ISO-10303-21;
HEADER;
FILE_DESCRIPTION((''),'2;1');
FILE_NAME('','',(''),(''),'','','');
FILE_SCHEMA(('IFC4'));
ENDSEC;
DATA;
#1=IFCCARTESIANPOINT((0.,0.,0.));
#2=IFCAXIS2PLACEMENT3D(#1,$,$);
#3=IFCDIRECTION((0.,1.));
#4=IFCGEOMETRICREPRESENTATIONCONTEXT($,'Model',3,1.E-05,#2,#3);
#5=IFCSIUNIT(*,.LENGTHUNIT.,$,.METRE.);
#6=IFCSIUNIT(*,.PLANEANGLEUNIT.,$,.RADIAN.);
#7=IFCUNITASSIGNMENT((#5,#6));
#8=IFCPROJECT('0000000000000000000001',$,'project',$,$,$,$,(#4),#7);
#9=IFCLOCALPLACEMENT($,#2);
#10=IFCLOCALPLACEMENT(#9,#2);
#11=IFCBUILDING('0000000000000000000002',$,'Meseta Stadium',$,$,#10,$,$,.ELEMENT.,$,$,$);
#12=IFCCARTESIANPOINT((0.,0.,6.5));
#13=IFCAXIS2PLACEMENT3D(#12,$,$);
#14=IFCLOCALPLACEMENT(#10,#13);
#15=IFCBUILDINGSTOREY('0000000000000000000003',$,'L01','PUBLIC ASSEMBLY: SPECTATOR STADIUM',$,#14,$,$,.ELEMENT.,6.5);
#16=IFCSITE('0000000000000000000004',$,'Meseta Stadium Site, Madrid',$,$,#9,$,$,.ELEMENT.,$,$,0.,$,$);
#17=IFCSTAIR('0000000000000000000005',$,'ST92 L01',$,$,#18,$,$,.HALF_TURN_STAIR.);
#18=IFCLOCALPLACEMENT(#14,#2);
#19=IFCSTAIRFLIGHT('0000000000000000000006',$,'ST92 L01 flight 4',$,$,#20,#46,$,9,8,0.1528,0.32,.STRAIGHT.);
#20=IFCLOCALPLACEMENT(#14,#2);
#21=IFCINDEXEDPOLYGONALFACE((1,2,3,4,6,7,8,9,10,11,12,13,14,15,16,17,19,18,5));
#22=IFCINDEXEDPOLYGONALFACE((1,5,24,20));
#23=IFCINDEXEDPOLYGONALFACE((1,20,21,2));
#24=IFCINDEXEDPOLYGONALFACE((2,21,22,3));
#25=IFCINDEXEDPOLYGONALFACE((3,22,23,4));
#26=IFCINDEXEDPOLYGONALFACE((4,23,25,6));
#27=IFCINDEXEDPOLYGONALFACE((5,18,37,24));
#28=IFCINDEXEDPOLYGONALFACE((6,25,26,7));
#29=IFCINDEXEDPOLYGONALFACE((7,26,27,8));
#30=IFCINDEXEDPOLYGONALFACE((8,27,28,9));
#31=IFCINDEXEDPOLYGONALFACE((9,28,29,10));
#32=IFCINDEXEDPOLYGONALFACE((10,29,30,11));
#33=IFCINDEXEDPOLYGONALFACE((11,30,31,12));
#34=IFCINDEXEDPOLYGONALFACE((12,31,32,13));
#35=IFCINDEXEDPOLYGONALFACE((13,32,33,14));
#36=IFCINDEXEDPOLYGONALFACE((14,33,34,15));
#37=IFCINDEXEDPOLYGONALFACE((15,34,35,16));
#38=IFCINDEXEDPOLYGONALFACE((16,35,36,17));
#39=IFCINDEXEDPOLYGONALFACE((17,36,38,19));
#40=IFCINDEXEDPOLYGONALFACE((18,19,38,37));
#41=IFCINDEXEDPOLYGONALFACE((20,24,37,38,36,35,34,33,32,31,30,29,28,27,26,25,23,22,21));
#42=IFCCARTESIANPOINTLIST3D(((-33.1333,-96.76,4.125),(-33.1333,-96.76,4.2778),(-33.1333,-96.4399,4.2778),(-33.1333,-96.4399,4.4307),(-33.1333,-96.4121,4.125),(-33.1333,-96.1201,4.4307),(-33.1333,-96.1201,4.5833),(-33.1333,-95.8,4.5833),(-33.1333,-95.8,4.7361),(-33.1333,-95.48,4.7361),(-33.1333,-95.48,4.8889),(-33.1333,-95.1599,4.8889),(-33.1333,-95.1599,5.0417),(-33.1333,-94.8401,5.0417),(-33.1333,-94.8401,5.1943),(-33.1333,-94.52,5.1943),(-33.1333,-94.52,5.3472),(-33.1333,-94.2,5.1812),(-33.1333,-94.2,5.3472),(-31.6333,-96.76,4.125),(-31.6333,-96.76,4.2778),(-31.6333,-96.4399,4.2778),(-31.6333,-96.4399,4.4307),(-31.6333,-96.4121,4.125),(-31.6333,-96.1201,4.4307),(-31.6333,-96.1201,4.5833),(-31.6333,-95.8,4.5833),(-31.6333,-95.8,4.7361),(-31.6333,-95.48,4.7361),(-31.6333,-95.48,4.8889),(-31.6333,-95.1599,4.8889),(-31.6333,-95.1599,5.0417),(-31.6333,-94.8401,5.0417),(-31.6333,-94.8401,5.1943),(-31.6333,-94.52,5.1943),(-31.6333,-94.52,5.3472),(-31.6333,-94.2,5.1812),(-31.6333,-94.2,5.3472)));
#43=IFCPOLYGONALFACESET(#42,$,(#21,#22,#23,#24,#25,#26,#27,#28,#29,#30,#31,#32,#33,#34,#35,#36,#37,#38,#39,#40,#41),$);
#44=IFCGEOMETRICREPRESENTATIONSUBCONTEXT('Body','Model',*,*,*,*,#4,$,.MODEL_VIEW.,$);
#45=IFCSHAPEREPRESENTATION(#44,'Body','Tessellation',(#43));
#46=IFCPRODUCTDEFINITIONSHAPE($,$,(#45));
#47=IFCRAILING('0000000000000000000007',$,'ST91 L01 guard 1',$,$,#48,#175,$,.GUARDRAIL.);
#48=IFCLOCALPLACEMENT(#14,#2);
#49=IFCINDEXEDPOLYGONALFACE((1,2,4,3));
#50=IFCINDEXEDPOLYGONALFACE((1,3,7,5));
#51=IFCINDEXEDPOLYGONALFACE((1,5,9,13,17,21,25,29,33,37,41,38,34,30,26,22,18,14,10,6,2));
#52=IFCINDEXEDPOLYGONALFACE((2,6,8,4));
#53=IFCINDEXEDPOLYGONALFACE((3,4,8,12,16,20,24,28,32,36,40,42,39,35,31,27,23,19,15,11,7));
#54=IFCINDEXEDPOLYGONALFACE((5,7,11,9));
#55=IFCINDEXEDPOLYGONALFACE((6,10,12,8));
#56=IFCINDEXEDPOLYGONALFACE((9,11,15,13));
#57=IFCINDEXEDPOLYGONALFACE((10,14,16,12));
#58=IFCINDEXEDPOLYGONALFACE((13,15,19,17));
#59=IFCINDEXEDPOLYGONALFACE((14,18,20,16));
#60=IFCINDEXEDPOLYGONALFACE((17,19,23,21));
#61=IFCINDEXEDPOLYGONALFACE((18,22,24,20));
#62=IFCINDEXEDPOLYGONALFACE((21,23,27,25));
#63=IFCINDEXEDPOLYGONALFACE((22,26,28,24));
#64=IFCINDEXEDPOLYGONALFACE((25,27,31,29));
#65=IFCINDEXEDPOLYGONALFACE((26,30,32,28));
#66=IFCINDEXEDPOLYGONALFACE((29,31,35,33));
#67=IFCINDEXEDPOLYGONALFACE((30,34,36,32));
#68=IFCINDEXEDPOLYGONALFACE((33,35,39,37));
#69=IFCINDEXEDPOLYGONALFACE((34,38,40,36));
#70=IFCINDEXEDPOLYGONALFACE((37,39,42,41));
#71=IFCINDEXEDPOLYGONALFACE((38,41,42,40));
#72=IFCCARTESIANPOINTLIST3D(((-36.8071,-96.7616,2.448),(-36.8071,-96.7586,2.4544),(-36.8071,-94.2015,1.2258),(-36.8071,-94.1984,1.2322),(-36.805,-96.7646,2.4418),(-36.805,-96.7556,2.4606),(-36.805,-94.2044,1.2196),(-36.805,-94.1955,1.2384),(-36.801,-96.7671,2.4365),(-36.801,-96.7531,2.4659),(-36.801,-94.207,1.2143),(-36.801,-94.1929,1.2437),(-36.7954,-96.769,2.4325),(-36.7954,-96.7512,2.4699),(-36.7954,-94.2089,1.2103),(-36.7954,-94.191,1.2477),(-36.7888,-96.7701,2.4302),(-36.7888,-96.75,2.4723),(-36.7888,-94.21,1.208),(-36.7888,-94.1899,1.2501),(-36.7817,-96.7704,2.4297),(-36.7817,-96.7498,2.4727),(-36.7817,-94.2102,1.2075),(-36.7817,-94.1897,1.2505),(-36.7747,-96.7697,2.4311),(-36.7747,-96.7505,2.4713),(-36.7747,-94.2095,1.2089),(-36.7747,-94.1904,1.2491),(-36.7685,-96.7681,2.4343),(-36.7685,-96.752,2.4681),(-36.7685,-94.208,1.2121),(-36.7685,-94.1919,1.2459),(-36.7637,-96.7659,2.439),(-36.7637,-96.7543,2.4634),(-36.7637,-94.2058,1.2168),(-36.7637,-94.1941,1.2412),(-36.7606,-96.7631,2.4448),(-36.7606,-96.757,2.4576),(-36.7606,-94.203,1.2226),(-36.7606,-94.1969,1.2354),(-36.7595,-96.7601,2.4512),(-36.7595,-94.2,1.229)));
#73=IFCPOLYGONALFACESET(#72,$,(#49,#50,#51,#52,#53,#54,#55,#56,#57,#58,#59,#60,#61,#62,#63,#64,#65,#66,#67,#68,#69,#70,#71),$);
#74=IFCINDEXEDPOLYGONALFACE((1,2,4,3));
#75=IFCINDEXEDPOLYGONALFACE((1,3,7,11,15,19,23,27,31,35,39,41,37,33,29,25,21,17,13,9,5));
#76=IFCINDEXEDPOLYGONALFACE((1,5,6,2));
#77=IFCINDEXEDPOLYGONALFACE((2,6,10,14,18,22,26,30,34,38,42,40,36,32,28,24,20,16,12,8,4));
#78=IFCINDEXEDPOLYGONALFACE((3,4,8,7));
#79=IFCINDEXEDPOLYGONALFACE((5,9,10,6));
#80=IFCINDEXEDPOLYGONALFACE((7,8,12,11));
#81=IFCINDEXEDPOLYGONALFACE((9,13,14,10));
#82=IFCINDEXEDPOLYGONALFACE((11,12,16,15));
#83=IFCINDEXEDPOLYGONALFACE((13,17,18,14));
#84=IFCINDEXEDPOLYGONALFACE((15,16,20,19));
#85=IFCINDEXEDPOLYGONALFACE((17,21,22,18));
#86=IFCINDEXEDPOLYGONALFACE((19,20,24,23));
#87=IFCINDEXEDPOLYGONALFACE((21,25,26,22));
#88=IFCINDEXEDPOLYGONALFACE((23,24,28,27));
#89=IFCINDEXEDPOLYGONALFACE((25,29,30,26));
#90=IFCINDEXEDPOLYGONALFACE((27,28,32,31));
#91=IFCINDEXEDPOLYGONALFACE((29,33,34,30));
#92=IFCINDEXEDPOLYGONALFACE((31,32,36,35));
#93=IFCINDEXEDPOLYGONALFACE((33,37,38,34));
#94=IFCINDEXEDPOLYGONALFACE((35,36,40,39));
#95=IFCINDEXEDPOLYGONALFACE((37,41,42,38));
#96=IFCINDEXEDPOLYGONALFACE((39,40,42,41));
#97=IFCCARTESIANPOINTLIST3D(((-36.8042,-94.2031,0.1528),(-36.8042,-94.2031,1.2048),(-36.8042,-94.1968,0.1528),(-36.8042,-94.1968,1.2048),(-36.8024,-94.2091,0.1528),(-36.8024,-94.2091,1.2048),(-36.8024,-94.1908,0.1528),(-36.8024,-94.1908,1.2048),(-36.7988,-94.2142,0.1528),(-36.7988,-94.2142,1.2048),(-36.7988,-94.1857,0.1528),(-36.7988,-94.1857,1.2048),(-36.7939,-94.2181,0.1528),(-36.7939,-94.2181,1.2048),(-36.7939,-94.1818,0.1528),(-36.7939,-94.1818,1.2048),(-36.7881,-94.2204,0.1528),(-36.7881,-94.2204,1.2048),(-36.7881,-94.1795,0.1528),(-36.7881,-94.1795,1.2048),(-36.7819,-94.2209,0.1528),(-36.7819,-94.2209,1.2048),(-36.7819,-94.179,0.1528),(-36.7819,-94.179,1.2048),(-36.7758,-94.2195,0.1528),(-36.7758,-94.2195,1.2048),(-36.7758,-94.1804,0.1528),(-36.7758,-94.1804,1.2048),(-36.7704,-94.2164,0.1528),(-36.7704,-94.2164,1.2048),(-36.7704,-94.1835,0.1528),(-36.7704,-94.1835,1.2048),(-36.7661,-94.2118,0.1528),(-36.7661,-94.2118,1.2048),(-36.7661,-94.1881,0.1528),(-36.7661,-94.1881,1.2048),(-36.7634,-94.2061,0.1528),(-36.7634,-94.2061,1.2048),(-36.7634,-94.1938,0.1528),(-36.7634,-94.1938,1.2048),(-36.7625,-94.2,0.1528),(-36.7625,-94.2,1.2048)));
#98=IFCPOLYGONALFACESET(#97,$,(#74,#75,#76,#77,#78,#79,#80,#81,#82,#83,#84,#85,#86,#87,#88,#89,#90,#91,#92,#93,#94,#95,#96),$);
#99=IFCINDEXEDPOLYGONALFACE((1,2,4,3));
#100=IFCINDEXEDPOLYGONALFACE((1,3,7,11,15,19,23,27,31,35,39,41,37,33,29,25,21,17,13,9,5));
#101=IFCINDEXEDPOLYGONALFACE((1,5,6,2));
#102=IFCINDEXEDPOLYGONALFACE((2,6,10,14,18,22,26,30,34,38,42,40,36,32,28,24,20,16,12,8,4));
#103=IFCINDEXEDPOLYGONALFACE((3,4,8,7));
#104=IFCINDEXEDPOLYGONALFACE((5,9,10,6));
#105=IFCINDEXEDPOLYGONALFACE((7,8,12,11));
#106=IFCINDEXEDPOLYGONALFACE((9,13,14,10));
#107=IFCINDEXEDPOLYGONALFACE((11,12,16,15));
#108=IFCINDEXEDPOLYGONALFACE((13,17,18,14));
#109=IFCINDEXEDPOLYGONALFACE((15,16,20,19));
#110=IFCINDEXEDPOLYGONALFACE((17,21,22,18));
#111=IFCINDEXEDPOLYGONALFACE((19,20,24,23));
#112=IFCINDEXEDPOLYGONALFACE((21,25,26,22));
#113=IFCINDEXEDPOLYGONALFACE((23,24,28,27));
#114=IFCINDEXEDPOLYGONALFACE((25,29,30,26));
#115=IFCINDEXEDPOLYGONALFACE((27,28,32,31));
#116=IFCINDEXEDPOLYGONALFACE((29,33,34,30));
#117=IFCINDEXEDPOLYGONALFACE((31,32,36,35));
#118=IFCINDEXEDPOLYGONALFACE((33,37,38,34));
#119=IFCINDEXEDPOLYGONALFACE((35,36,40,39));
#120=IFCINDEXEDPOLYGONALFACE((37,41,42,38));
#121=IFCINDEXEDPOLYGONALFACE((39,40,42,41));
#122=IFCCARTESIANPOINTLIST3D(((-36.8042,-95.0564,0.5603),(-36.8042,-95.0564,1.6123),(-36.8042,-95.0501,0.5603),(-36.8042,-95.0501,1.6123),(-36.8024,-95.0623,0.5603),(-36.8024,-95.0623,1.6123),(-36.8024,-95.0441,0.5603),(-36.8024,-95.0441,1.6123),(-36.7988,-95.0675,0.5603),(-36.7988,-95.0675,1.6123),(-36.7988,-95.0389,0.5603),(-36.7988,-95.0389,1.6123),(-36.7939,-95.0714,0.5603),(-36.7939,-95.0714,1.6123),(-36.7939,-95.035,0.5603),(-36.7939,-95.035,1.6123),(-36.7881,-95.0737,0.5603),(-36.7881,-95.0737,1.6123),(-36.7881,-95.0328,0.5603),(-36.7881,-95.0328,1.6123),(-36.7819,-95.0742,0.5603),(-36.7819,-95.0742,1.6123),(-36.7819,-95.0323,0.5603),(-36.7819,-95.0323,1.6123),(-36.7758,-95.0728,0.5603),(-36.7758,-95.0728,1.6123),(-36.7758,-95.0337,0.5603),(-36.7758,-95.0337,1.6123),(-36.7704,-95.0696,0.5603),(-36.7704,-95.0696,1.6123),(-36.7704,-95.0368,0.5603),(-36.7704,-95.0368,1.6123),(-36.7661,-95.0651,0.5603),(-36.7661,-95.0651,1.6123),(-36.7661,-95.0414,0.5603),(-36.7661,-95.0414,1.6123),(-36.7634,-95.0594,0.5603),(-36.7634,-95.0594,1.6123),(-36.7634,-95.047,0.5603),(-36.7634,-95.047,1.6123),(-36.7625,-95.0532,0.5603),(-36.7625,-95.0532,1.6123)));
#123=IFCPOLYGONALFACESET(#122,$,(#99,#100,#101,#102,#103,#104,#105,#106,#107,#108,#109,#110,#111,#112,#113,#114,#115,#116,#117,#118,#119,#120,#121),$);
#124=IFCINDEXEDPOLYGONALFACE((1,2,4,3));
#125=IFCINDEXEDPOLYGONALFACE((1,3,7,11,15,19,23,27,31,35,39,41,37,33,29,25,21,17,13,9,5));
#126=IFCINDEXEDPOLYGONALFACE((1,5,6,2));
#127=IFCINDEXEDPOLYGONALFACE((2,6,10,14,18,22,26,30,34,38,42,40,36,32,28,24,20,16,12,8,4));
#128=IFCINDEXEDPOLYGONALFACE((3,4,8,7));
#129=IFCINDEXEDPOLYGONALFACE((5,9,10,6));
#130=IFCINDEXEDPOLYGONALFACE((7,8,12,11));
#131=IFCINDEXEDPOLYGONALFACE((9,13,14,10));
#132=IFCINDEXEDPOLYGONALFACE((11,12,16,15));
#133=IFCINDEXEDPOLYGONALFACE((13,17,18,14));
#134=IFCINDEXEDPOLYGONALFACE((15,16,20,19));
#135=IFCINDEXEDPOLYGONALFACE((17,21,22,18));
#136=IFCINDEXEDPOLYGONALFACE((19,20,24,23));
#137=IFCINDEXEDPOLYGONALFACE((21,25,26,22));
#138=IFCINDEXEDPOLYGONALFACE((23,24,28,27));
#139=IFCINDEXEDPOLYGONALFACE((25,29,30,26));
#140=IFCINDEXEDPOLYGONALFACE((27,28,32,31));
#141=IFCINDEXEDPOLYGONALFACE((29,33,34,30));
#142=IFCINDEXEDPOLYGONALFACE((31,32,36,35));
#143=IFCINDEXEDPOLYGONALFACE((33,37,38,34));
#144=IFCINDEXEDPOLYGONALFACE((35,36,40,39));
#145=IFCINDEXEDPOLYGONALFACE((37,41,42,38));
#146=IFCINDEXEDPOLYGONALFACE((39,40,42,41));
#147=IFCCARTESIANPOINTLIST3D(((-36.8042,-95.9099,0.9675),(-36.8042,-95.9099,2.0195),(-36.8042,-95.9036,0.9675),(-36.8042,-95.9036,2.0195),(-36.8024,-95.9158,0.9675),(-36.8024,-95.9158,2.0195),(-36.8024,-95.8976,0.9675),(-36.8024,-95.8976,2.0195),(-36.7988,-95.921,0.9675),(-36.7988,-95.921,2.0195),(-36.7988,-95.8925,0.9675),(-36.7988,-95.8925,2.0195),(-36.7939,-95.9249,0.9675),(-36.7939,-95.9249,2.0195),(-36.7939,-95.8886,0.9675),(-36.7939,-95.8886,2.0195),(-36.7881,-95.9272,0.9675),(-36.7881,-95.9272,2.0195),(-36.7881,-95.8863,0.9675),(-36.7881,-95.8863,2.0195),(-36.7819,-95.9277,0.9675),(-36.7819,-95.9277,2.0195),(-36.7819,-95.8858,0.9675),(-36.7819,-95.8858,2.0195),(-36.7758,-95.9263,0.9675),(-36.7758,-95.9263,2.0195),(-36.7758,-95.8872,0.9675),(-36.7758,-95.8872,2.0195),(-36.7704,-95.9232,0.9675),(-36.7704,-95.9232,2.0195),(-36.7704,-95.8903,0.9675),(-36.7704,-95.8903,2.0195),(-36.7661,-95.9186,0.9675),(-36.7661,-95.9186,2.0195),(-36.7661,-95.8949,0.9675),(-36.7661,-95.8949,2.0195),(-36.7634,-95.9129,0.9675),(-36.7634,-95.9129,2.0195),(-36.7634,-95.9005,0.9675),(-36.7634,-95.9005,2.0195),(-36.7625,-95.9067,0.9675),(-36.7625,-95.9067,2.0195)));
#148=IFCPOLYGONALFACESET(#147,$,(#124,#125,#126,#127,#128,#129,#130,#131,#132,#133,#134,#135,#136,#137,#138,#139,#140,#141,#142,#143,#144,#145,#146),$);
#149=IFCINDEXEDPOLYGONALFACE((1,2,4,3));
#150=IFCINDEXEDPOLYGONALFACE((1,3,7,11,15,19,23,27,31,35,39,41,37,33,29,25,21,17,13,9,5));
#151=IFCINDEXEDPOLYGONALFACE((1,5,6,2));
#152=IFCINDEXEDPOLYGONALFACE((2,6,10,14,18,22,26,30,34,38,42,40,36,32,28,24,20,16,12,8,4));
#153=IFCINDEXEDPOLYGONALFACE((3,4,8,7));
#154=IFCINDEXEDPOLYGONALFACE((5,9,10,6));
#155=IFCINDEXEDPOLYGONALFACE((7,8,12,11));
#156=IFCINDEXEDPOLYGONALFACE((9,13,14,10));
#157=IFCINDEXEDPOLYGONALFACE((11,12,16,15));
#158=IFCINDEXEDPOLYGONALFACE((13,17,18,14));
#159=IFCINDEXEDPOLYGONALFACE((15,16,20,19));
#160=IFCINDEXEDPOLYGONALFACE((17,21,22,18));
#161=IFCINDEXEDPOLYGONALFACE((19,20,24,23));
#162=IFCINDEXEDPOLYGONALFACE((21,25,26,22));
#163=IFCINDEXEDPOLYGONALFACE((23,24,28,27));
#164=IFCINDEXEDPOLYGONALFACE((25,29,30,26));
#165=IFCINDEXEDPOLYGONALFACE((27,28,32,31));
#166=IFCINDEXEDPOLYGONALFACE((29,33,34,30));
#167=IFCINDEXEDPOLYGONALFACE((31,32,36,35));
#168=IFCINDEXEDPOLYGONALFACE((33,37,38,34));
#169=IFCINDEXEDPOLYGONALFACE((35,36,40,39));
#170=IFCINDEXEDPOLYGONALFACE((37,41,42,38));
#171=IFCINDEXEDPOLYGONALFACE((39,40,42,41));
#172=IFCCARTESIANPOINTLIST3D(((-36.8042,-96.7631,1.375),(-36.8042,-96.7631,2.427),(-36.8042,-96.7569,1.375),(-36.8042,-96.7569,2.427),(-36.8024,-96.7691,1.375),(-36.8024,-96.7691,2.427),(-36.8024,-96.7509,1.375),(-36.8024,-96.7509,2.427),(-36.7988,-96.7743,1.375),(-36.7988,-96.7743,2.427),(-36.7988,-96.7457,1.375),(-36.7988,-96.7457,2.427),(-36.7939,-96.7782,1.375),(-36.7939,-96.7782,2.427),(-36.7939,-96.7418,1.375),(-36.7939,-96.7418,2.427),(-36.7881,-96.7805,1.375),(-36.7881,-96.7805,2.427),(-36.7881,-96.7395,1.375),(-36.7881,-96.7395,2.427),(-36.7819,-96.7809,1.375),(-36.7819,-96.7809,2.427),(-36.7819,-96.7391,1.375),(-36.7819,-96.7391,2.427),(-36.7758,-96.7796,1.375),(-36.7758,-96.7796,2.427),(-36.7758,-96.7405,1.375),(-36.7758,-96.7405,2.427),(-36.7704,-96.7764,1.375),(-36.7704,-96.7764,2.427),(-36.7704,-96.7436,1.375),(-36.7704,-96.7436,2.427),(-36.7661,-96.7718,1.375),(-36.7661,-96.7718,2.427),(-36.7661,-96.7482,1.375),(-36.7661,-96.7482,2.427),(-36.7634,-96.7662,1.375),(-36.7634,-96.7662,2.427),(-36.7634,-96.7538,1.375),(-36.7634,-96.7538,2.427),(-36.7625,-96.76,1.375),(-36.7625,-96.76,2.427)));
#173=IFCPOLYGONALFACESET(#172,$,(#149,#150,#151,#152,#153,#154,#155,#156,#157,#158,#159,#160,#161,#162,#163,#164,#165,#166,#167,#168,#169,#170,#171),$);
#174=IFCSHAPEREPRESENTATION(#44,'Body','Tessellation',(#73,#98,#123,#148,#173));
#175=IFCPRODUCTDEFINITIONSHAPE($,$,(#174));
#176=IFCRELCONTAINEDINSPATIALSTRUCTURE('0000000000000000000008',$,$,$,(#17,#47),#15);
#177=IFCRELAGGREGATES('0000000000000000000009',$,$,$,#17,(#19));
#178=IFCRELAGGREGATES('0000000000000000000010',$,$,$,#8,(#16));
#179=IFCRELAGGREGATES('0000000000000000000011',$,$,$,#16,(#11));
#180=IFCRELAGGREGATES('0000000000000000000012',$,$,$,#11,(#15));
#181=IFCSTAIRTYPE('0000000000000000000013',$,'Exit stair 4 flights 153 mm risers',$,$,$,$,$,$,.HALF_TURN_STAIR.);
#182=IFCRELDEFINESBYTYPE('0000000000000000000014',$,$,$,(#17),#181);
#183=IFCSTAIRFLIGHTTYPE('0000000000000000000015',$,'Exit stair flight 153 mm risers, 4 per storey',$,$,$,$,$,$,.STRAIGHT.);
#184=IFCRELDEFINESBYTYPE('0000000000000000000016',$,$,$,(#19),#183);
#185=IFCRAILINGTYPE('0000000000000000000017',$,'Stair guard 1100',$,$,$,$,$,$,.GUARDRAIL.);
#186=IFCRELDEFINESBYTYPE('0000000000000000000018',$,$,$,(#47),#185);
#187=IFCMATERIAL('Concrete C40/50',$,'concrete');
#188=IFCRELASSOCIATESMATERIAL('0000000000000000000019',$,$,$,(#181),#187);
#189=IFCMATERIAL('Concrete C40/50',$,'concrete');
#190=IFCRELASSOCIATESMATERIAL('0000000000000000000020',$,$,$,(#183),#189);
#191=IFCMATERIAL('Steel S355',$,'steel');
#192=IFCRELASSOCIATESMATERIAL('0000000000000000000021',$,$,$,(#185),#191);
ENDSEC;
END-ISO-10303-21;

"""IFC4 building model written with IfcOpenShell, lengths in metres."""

from ifc_helpers import new_model, si_unit, direction, frame, origin, origin_2d, place, context, subcontext, project, spatial, polyline, circle, outline, extrude, material, type_object, element, aggregate, save


model = new_model("IFC4")

# Units and contexts
model_context = context("Model", 3, precision=1e-05, world=origin(), true_north=direction((0.0, 1.0)))
body_context = subcontext(model_context, "Body", "Model", "MODEL_VIEW")
ifc_project = project(units=[si_unit("LENGTHUNIT", "METRE"), si_unit("PLANEANGLEUNIT", "RADIAN")], contexts=[model_context])

# Site, building, storey
site_placement = place(None, origin())
site = spatial("IfcSite", under=ifc_project, at=site_placement, Name="Meseta Stadium Site, Madrid", CompositionType="ELEMENT", RefElevation=0.0)
building_placement = place(site_placement, origin())
building = spatial("IfcBuilding", under=site, at=building_placement, Name="Meseta Stadium", CompositionType="ELEMENT")
storey_placement = place(building_placement, frame((0.0, 0.0, 6.5)))
storey = spatial("IfcBuildingStorey", under=building, at=storey_placement, Name="L01", Description="PUBLIC ASSEMBLY: SPECTATOR STADIUM", CompositionType="ELEMENT", Elevation=6.5)

# Stair, stair flight
ifc_material_1 = material(Name="Concrete C40/50", Category="concrete")
stair_type = type_object("IfcStairType", Name="Exit stair 4 flights 153 mm risers", PredefinedType="HALF_TURN_STAIR", material=ifc_material_1)
ifc_material_2 = material(Name="Concrete C40/50", Category="concrete")
stair_flight_type = type_object("IfcStairFlightType", Name="Exit stair flight 153 mm risers, 4 per storey", PredefinedType="STRAIGHT", material=ifc_material_2)
stair_1_placement = place(storey_placement, origin())
stair_1 = element("IfcStair", 1, at=stair_1_placement, inside=storey, type_object=stair_type, Name="ST92 L01", PredefinedType="HALF_TURN_STAIR")
stair_flight_1_placement = place(storey_placement, frame((-32.3833, -96.76, 4.125), z_axis=(0.0, 0.0, 1.0), x_axis=(0.0, 1.0, 0.0)))
stair_flight_1 = element("IfcStairFlight", 2, at=stair_flight_1_placement, type_object=stair_flight_type, Name="ST92 L01 flight 4", NumberOfRisers=9, NumberOfTreads=8, PredefinedType="STRAIGHT", RiserHeight=0.1528, TreadLength=0.32, context=body_context, shape_type="SweptSolid", body=[
    extrude(outline(polyline([(0.0, 0.0), (0.0, 0.1528), (0.3201, 0.1528), (0.3201, 0.3057), (0.6399, 0.3057), (0.6399, 0.4583), (0.96, 0.4583), (0.96, 0.6111), (1.28, 0.6111), (1.28, 0.7639), (1.6001, 0.7639), (1.6001, 0.9167), (1.9199, 0.9167), (1.9199, 1.0693), (2.24, 1.0693), (2.24, 1.2222), (2.5601, 1.2222), (2.5601, 1.0562), (0.3479, 0.0), (0.0, 0.0)])), frame((0.0, 0.75, 0.0), z_axis=(0.0, -1.0, 0.0), x_axis=(1.0, 0.0, 0.0)), (0.0, 0.0, 1.0), 1.5),
])
aggregate(stair_1, [stair_flight_1])

# Railing
ifc_material_3 = material(Name="Steel S355", Category="steel")
railing_type_1 = type_object("IfcRailingType", Name="Stair guard 1100", PredefinedType="GUARDRAIL", material=ifc_material_3)
railing_1_placement = place(storey_placement, frame((-36.7834, -94.2, 0.1528)))
element("IfcRailing", 3, at=railing_1_placement, inside=storey, type_object=railing_type_1, Name="ST91 L01 guard 1", PredefinedType="GUARDRAIL", context=body_context, shape_type="SweptSolid", body=[
    extrude(circle(Radius=0.0239, at=origin_2d()), frame((0.0, 0.0, 1.0762), z_axis=(0.0, -0.902437, 0.430822), x_axis=(1.0, 0.0, 0.0)), (0.0, 0.0, 1.0), 2.8369),
    extrude(circle(Radius=0.021, at=origin_2d()), origin(), (0.0, 0.0, 1.0), 1.052),
    extrude(circle(Radius=0.021, at=origin_2d()), frame((0.0, -0.8533, 0.4075)), (0.0, 0.0, 1.0), 1.052),
    extrude(circle(Radius=0.021, at=origin_2d()), frame((0.0, -1.7068, 0.8147)), (0.0, 0.0, 1.0), 1.052),
    extrude(circle(Radius=0.021, at=origin_2d()), frame((0.0, -2.5601, 1.2222)), (0.0, 0.0, 1.0), 1.052),
])

save(model, "model.ifc")
